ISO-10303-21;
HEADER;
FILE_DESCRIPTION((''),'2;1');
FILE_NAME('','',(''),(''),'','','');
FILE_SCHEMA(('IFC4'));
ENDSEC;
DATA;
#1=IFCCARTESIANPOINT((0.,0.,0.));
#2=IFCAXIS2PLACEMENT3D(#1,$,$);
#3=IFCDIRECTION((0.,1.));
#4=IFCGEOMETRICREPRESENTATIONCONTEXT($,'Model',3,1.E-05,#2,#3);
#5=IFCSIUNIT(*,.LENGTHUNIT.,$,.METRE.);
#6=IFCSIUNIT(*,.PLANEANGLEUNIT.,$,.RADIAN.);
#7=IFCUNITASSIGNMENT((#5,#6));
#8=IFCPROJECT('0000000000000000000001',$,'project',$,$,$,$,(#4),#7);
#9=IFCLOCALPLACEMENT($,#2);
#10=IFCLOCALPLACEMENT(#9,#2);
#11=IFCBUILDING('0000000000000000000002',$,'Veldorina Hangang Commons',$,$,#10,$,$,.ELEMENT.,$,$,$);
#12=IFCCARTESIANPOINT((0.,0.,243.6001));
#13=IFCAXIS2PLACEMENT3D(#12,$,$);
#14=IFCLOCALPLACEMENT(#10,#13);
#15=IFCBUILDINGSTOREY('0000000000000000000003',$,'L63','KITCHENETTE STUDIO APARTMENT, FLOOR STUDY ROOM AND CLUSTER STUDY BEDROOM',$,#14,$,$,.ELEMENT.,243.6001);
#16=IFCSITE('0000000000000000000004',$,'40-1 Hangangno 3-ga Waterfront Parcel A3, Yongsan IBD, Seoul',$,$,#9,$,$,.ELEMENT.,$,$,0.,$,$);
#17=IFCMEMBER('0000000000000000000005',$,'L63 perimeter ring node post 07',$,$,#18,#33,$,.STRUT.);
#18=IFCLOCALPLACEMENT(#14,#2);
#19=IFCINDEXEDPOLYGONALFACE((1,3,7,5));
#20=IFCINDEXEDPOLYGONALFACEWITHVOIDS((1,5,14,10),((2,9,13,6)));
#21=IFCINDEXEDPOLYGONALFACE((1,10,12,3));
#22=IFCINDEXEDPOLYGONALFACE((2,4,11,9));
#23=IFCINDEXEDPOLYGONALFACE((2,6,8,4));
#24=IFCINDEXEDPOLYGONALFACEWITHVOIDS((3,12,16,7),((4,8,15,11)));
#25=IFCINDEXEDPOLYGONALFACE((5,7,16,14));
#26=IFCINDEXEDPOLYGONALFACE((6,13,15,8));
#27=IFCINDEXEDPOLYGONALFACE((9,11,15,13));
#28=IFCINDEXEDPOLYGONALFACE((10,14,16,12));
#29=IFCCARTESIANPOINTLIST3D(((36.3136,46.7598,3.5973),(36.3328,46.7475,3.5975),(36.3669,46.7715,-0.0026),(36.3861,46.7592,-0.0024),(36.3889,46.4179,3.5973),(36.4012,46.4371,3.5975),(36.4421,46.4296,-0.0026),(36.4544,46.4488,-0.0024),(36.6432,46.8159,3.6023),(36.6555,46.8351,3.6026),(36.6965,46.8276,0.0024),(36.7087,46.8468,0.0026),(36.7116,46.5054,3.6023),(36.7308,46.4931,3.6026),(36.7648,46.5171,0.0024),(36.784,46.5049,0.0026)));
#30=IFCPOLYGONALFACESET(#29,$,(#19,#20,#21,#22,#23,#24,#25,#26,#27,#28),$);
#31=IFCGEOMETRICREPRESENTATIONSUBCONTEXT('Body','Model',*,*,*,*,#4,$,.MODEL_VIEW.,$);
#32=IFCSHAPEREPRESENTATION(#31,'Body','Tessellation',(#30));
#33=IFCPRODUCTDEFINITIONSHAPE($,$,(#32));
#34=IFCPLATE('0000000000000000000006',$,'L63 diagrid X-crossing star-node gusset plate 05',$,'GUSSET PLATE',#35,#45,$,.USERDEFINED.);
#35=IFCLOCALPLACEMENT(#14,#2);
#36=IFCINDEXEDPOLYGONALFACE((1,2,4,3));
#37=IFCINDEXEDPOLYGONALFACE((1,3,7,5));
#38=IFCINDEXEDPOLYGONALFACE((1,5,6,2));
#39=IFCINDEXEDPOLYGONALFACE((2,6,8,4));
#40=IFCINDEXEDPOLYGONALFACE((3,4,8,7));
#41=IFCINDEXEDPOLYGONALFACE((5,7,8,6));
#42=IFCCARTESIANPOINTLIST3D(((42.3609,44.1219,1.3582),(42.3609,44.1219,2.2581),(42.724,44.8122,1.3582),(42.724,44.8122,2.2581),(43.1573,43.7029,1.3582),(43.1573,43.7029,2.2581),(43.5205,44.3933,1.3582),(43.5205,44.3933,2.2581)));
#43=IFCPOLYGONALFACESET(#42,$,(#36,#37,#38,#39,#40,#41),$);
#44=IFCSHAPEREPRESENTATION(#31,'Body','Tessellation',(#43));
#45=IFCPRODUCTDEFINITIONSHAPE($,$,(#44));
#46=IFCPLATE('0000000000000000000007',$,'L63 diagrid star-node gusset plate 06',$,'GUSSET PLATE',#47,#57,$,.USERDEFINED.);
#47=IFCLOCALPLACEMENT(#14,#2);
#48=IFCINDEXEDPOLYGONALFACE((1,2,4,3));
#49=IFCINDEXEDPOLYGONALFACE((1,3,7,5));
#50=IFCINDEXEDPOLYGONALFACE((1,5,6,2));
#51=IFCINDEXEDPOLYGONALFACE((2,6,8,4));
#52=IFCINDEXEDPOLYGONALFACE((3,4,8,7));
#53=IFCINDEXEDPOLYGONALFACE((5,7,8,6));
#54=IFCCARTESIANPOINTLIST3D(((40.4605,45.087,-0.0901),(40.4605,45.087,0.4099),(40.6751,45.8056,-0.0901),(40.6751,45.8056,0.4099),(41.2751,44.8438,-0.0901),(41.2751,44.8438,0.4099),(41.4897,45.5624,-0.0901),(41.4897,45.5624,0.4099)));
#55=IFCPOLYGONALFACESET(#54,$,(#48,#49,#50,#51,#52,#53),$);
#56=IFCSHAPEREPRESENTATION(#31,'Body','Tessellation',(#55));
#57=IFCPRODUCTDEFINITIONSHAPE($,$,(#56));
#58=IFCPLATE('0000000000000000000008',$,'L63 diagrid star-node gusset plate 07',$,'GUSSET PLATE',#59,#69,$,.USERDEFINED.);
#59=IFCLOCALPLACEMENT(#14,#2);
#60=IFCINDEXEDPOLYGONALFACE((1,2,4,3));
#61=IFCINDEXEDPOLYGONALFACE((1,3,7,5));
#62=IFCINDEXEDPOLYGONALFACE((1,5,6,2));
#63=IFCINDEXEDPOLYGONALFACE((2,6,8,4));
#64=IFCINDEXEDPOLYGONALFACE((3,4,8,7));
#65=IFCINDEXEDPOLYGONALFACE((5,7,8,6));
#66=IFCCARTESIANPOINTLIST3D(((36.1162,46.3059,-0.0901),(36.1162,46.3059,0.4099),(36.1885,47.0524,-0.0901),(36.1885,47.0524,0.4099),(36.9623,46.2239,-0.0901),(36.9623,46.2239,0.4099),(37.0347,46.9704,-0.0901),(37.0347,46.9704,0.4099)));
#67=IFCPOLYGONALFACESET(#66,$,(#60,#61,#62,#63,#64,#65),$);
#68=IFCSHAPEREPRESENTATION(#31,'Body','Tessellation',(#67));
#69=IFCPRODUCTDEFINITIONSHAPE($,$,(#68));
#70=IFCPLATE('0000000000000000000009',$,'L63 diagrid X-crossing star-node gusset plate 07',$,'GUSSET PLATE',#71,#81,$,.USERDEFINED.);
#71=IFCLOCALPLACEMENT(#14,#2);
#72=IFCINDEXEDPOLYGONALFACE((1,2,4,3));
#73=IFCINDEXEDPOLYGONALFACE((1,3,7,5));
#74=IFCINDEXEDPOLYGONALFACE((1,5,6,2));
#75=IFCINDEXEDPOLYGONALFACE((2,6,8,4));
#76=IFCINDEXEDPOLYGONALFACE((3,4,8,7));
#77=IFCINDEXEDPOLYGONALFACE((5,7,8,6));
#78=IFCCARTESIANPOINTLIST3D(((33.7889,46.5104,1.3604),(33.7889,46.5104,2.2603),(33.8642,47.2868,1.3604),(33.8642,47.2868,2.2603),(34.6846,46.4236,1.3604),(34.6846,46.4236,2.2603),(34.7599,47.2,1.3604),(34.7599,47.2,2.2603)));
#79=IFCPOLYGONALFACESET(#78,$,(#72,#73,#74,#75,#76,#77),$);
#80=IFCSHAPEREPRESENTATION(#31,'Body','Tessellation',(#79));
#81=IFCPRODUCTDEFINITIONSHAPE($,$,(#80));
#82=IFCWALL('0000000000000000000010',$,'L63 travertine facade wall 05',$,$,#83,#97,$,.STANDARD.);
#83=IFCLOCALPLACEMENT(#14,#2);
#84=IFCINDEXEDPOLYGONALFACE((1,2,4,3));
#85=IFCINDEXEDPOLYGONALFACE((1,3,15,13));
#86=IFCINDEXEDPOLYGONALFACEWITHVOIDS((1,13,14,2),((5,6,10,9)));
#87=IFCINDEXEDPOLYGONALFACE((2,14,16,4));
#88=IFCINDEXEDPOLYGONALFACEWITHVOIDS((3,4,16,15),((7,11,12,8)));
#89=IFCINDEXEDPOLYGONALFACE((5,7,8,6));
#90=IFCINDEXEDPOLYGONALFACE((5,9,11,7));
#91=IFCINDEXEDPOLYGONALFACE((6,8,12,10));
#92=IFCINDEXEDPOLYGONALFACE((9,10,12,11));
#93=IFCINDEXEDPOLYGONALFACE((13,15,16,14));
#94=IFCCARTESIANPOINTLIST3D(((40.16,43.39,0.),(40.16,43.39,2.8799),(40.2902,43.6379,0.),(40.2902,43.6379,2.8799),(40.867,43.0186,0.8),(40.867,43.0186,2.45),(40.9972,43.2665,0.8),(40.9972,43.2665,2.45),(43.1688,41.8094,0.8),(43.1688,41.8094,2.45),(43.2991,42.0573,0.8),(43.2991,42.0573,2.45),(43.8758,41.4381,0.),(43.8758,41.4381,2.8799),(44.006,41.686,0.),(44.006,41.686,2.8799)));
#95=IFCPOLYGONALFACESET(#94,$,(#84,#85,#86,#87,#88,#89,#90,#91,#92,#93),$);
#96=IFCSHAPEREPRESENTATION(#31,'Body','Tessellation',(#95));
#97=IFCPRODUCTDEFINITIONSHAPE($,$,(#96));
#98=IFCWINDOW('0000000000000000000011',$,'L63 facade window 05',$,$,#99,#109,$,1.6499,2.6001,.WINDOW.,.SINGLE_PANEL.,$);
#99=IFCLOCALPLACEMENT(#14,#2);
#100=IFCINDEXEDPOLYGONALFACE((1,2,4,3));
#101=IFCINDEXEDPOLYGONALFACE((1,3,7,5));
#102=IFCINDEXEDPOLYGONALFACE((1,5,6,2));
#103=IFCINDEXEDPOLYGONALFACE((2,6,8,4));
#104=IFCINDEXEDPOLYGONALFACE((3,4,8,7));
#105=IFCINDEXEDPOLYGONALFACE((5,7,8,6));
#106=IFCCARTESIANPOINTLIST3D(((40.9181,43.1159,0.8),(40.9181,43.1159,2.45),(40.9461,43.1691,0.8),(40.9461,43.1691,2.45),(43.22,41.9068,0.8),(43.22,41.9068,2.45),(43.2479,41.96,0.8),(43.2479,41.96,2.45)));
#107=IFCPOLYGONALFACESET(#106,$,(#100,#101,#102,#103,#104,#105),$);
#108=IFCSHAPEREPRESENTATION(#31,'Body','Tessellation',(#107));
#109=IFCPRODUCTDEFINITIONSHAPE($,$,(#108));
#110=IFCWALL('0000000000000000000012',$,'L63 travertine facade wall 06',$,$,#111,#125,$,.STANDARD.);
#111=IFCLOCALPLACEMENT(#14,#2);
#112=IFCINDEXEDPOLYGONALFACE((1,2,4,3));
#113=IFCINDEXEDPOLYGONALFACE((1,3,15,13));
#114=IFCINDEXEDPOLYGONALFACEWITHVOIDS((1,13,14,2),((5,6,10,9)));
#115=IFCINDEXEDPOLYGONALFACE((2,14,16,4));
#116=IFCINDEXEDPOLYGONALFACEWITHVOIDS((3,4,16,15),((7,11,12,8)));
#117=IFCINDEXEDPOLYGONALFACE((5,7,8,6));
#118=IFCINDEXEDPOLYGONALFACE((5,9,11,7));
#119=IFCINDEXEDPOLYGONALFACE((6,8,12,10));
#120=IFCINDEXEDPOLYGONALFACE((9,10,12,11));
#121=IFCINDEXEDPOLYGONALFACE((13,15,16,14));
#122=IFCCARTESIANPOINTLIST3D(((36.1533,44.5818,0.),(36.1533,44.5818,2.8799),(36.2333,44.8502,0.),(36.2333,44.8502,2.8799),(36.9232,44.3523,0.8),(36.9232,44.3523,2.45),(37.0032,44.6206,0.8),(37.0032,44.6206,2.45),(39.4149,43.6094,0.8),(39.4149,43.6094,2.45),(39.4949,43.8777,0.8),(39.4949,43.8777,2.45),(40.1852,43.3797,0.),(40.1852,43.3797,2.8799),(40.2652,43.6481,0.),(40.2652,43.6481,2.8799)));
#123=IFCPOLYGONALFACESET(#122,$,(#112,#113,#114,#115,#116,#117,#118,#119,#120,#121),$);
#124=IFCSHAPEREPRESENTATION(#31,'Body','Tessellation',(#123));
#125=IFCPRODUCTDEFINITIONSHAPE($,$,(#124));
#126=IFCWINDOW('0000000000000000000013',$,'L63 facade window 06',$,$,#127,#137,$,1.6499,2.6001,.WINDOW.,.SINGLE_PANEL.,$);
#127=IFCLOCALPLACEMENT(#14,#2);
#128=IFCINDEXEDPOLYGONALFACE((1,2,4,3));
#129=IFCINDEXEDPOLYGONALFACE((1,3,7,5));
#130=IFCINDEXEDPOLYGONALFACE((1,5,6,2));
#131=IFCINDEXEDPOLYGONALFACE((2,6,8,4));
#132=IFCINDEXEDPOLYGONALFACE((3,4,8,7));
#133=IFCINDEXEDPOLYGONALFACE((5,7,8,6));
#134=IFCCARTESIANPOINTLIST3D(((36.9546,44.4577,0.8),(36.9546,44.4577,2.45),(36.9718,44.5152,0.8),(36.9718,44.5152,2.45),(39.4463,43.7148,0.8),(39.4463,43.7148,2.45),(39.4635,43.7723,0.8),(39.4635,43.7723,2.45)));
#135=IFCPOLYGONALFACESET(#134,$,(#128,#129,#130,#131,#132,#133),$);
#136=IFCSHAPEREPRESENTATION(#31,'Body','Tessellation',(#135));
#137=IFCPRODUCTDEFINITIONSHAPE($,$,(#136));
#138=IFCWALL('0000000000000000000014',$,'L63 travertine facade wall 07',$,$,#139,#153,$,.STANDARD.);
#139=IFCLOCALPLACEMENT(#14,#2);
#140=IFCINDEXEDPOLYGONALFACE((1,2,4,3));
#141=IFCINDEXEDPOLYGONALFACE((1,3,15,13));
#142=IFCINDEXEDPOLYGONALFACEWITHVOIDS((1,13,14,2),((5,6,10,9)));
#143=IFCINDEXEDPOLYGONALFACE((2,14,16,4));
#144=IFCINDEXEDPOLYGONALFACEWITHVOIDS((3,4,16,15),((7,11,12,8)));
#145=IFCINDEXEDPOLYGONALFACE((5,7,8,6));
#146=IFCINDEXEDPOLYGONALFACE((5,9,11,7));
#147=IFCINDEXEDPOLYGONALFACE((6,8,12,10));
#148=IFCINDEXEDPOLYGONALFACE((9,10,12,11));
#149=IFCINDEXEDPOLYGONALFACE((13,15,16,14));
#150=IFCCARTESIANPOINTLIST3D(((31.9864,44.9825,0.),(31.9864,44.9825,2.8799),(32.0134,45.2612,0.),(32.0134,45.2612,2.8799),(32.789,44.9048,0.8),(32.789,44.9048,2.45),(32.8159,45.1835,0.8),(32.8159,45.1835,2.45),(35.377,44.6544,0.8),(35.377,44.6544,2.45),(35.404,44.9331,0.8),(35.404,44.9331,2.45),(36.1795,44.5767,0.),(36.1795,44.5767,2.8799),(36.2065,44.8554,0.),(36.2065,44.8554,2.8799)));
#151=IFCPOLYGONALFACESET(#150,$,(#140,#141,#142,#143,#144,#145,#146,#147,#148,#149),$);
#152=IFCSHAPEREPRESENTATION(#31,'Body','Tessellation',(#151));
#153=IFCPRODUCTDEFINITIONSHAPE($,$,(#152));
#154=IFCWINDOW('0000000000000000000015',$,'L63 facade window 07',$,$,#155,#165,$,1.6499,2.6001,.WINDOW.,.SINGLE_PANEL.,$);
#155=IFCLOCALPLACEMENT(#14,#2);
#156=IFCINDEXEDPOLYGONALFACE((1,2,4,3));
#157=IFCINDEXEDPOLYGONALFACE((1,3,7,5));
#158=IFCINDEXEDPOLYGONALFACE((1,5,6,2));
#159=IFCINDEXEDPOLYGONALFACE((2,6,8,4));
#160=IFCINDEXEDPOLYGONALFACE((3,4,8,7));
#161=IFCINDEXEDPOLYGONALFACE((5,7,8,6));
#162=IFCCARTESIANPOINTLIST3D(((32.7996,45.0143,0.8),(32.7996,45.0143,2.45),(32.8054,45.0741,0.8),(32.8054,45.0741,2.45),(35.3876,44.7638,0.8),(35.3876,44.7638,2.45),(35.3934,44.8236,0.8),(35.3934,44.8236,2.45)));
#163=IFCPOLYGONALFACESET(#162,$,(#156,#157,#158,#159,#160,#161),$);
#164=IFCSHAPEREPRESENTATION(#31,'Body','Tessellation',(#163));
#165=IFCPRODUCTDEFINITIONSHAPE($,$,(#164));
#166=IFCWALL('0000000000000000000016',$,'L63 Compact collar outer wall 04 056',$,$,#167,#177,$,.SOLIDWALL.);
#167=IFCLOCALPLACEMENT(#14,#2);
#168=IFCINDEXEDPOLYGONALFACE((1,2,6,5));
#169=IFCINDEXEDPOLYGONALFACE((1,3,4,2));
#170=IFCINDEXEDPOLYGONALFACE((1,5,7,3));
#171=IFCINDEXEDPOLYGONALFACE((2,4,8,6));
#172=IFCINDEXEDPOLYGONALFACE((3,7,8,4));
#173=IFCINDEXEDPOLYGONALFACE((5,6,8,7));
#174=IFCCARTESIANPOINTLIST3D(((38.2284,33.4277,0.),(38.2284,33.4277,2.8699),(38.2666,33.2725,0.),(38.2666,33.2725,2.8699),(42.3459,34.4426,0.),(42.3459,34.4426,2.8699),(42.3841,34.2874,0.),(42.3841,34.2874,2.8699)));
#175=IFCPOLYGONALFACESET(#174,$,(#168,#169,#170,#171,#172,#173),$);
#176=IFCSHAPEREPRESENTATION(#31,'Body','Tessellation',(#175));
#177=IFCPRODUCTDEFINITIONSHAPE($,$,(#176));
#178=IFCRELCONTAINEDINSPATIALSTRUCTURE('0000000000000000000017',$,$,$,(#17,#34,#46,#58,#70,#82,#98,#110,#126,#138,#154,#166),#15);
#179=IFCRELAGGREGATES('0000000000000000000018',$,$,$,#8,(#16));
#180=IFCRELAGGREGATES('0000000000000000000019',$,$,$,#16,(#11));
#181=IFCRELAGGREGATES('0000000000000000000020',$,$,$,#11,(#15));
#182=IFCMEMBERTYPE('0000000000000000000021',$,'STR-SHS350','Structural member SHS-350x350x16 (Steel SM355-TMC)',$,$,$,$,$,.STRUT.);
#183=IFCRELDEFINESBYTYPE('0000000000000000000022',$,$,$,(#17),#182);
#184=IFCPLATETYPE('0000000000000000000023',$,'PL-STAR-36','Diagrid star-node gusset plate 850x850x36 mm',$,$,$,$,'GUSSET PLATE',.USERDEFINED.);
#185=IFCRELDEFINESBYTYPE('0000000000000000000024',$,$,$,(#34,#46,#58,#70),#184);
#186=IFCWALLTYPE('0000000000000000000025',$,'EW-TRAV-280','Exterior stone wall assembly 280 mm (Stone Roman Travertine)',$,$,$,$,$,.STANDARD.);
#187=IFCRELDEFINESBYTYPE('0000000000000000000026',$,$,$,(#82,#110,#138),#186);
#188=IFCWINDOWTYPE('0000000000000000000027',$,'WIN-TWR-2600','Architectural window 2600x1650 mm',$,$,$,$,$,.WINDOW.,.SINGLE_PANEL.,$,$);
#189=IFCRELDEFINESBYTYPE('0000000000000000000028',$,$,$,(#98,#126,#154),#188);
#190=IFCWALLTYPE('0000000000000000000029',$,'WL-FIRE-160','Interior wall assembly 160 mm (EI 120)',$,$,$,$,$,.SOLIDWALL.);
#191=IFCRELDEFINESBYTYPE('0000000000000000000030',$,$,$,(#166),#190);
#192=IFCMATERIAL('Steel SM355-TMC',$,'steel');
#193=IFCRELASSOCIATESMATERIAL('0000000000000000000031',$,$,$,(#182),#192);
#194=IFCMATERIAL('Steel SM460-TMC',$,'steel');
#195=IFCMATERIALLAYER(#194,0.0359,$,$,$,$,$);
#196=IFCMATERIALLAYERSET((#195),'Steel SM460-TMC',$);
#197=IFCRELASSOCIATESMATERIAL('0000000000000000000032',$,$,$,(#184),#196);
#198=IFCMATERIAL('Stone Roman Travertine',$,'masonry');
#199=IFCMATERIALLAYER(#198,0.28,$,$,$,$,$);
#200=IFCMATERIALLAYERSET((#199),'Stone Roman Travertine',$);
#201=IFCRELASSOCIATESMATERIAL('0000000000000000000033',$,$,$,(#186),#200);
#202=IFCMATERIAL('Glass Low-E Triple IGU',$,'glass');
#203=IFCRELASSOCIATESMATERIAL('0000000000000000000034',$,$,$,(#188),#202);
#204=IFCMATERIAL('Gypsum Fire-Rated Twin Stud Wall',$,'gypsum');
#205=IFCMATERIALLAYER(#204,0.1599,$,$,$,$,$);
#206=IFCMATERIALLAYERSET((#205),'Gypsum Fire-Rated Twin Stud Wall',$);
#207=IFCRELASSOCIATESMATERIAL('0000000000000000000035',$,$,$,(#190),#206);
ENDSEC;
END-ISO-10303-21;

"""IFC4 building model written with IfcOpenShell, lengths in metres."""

from ifc_helpers import new_model, si_unit, direction, frame, frame_2d, origin, origin_2d, place, context, subcontext, project, spatial, rectangle, hollow_rectangle, extrude, material, layer, layer_set, material_profile, profile_set, type_object, element, fill, save


model = new_model("IFC4")

# Units and contexts
model_context = context("Model", 3, precision=1e-05, world=origin(), true_north=direction((0.0, 1.0)))
body_context = subcontext(model_context, "Body", "Model", "MODEL_VIEW")
ifc_project = project(units=[si_unit("LENGTHUNIT", "METRE"), si_unit("PLANEANGLEUNIT", "RADIAN")], contexts=[model_context])

# Site, building, storey
site_placement = place(None, origin())
site = spatial("IfcSite", under=ifc_project, at=site_placement, Name="40-1 Hangangno 3-ga Waterfront Parcel A3, Yongsan IBD, Seoul", CompositionType="ELEMENT", RefElevation=0.0)
building_placement = place(site_placement, origin())
building = spatial("IfcBuilding", under=site, at=building_placement, Name="Veldorina Hangang Commons", CompositionType="ELEMENT")
storey_placement = place(building_placement, frame((0.0, 0.0, 243.6001)))
storey = spatial("IfcBuildingStorey", under=building, at=storey_placement, Name="L63", Description="KITCHENETTE STUDIO APARTMENT, FLOOR STUDY ROOM AND CLUSTER STUDY BEDROOM", CompositionType="ELEMENT", Elevation=243.6001)

# Shared definitions
ifc_material_1 = material(Name="Steel SM355-TMC", Category="steel")

# Member
ifc_material_profile_1 = material_profile(ifc_material_1, hollow_rectangle(XDim=0.3501, YDim=0.3501, WallThickness=0.0161, at=origin_2d()), Name="SHS-350x350x16")
ifc_profile_set_1 = profile_set([ifc_material_profile_1], Name="Steel SM355-TMC")
member_type_1 = type_object("IfcMemberType", Name="STR-SHS350", Description="Structural member SHS-350x350x16 (Steel SM355-TMC)", PredefinedType="STRUT", material=ifc_profile_set_1)
member_1_placement = place(storey_placement, frame((36.5754, 46.6382, 0.0), z_axis=(-0.014783, -0.003255, 0.999885), x_axis=(0.215033, -0.976607, 0.0)))
element("IfcMember", 1, at=member_1_placement, inside=storey, type_object=member_type_1, Name="L63 perimeter ring node post 07", PredefinedType="STRUT", context=body_context, shape_type="SweptSolid", body=[
    extrude(hollow_rectangle(XDim=0.3501, YDim=0.3501, WallThickness=0.0161, at=origin_2d()), origin(), (0.0, 0.0, 1.0), 3.6003),
])

# Plates
ifc_material_2 = material(Name="Steel SM460-TMC", Category="steel")
ifc_layer_1 = layer(ifc_material_2, 0.0359)
ifc_layer_set_1 = layer_set([ifc_layer_1], Name="Steel SM460-TMC")
plate_type = type_object("IfcPlateType", Name="PL-STAR-36", Description="Diagrid star-node gusset plate 850x850x36 mm", ElementType="GUSSET PLATE", PredefinedType="USERDEFINED", material=ifc_layer_set_1)
plate_1_placement = place(storey_placement, frame((42.9407, 44.2576, 1.3582), z_axis=(0.0, 0.0, 1.0), x_axis=(-0.885012, 0.465568, 0.0)))
element("IfcPlate", 2, at=plate_1_placement, inside=storey, type_object=plate_type, Name="L63 diagrid X-crossing star-node gusset plate 05", ObjectType="GUSSET PLATE", PredefinedType="USERDEFINED", context=body_context, shape_type="SweptSolid", body=[
    extrude(rectangle(XDim=0.8999, YDim=0.78, at=origin_2d()), origin(), (0.0, 0.0, 1.0), 0.8999),
])
for number, where, z_axis, x_axis, name in (
    (3, (40.9751, 45.3247, -0.0901), (0.0, 0.0, 1.0), (-0.958208, 0.286073, 0.0), "L63 diagrid star-node gusset plate 06"),
    (4, (36.5754, 46.6382, -0.0901), (0.0, 0.0, 1.0), (-0.995336, 0.096471, 0.0), "L63 diagrid star-node gusset plate 07"),
):
    element("IfcPlate", number, at=place(storey_placement, frame(where, z_axis=z_axis, x_axis=x_axis)), inside=storey, type_object=plate_type, Name=name, ObjectType="GUSSET PLATE", PredefinedType="USERDEFINED", context=body_context, shape_type="SweptSolid", body=[
        extrude(rectangle(XDim=0.8501, YDim=0.75, at=origin_2d()), origin(), (0.0, 0.0, 1.0), 0.5),
    ])
plate_2_placement = place(storey_placement, frame((34.2744, 46.8552, 1.3604), z_axis=(0.0, 0.0, 1.0), x_axis=(-0.995336, 0.096471, 0.0)))
element("IfcPlate", 5, at=plate_2_placement, inside=storey, type_object=plate_type, Name="L63 diagrid X-crossing star-node gusset plate 07", ObjectType="GUSSET PLATE", PredefinedType="USERDEFINED", context=body_context, shape_type="SweptSolid", body=[
    extrude(rectangle(XDim=0.8999, YDim=0.78, at=origin_2d()), origin(), (0.0, 0.0, 1.0), 0.8999),
])

# Walls, openings, windows
ifc_material_3 = material(Name="Stone Roman Travertine", Category="masonry")
ifc_layer_2 = layer(ifc_material_3, 0.28)
ifc_layer_set_2 = layer_set([ifc_layer_2], Name="Stone Roman Travertine")
wall_type_1 = type_object("IfcWallType", Name="EW-TRAV-280", Description="Exterior stone wall assembly 280 mm (Stone Roman Travertine)", PredefinedType="STANDARD", material=ifc_layer_set_2)
wall_1_placement = place(storey_placement, frame((43.9409, 41.562, 0.0), z_axis=(0.0, 0.0, 1.0), x_axis=(-0.88529, 0.465039, 0.0)))
wall_1 = element("IfcWall", 6, at=wall_1_placement, inside=storey, type_object=wall_type_1, Name="L63 travertine facade wall 05", PredefinedType="STANDARD", context=body_context, shape_type="SweptSolid", body=[
    extrude(rectangle(XDim=4.1973, YDim=0.28, at=frame_2d((2.0986, 0.0))), origin(), (0.0, 0.0, 1.0), 2.8799),
])
opening_1_placement = place(wall_1_placement, frame((0.7986, 0.0, 0.8)))
opening_1 = element("IfcOpeningElement", 7, at=opening_1_placement, cuts=wall_1, PredefinedType="OPENING", context=body_context, shape_type="SweptSolid", body=[
    extrude(rectangle(XDim=2.6001, YDim=1.6499, at=frame_2d((1.3, 0.825))), frame((0.0, 0.1499, 0.0), z_axis=(0.0, -1.0, 0.0), x_axis=(1.0, 0.0, 0.0)), (0.0, 0.0, 1.0), 0.3),
])
ifc_material_4 = material(Name="Glass Low-E Triple IGU", Category="glass")
window_type = type_object("IfcWindowType", Name="WIN-TWR-2600", Description="Architectural window 2600x1650 mm", PartitioningType="SINGLE_PANEL", PredefinedType="WINDOW", material=ifc_material_4)
window_1_placement = place(opening_1_placement, origin())
window_1 = element("IfcWindow", 8, at=window_1_placement, inside=storey, type_object=window_type, Name="L63 facade window 05", OverallHeight=1.6499, OverallWidth=2.6001, PartitioningType="SINGLE_PANEL", PredefinedType="WINDOW", context=body_context, shape_type="SweptSolid", body=[
    extrude(rectangle(XDim=2.6001, YDim=1.6499, at=frame_2d((1.3, 0.825))), frame((0.0, 0.03, 0.0), z_axis=(0.0, -1.0, 0.0), x_axis=(1.0, 0.0, 0.0)), (0.0, 0.0, 1.0), 0.0601),
])
fill(opening_1, window_1)
wall_2_placement = place(storey_placement, frame((40.2251, 43.5139, 0.0), z_axis=(0.0, 0.0, 1.0), x_axis=(-0.958312, 0.285724, 0.0)))
wall_2 = element("IfcWall", 9, at=wall_2_placement, inside=storey, type_object=wall_type_1, Name="L63 travertine facade wall 06", PredefinedType="STANDARD", context=body_context, shape_type="SweptSolid", body=[
    extrude(rectangle(XDim=4.2073, YDim=0.28, at=frame_2d((2.1035, 0.0))), origin(), (0.0, 0.0, 1.0), 2.8799),
])
opening_2_placement = place(wall_2_placement, frame((0.8037, 0.0, 0.8)))
opening_2 = element("IfcOpeningElement", 10, at=opening_2_placement, cuts=wall_2, PredefinedType="OPENING", context=body_context, shape_type="SweptSolid", body=[
    extrude(rectangle(XDim=2.6001, YDim=1.6499, at=frame_2d((1.3, 0.825))), frame((0.0, 0.1499, 0.0), z_axis=(0.0, -1.0, 0.0), x_axis=(1.0, 0.0, 0.0)), (0.0, 0.0, 1.0), 0.3),
])
window_2_placement = place(opening_2_placement, origin())
window_2 = element("IfcWindow", 11, at=window_2_placement, inside=storey, type_object=window_type, Name="L63 facade window 06", OverallHeight=1.6499, OverallWidth=2.6001, PartitioningType="SINGLE_PANEL", PredefinedType="WINDOW", context=body_context, shape_type="SweptSolid", body=[
    extrude(rectangle(XDim=2.6001, YDim=1.6499, at=frame_2d((1.3, 0.825))), frame((0.0, 0.03, 0.0), z_axis=(0.0, -1.0, 0.0), x_axis=(1.0, 0.0, 0.0)), (0.0, 0.0, 1.0), 0.0601),
])
fill(opening_2, window_2)
wall_3_placement = place(storey_placement, frame((36.1931, 44.7161, 0.0), z_axis=(0.0, 0.0, 1.0), x_axis=(-0.995351, 0.096319, 0.0)))
wall_3 = element("IfcWall", 12, at=wall_3_placement, inside=storey, type_object=wall_type_1, Name="L63 travertine facade wall 07", PredefinedType="STANDARD", context=body_context, shape_type="SweptSolid", body=[
    extrude(rectangle(XDim=4.2126, YDim=0.28, at=frame_2d((2.1064, 0.0))), origin(), (0.0, 0.0, 1.0), 2.8799),
])
opening_3_placement = place(wall_3_placement, frame((0.8064, 0.0, 0.8)))
opening_3 = element("IfcOpeningElement", 13, at=opening_3_placement, cuts=wall_3, PredefinedType="OPENING", context=body_context, shape_type="SweptSolid", body=[
    extrude(rectangle(XDim=2.6001, YDim=1.6499, at=frame_2d((1.3, 0.825))), frame((0.0, 0.1499, 0.0), z_axis=(0.0, -1.0, 0.0), x_axis=(1.0, 0.0, 0.0)), (0.0, 0.0, 1.0), 0.3),
])
window_3_placement = place(opening_3_placement, origin())
window_3 = element("IfcWindow", 14, at=window_3_placement, inside=storey, type_object=window_type, Name="L63 facade window 07", OverallHeight=1.6499, OverallWidth=2.6001, PartitioningType="SINGLE_PANEL", PredefinedType="WINDOW", context=body_context, shape_type="SweptSolid", body=[
    extrude(rectangle(XDim=2.6001, YDim=1.6499, at=frame_2d((1.3, 0.825))), frame((0.0, 0.03, 0.0), z_axis=(0.0, -1.0, 0.0), x_axis=(1.0, 0.0, 0.0)), (0.0, 0.0, 1.0), 0.0601),
])
fill(opening_3, window_3)

# Wall
ifc_material_5 = material(Name="Gypsum Fire-Rated Twin Stud Wall", Category="gypsum")
ifc_layer_3 = layer(ifc_material_5, 0.1599)
ifc_layer_set_3 = layer_set([ifc_layer_3], Name="Gypsum Fire-Rated Twin Stud Wall")
wall_type_2 = type_object("IfcWallType", Name="WL-FIRE-160", Description="Interior wall assembly 160 mm (EI 120)", PredefinedType="SOLIDWALL", material=ifc_layer_set_3)
wall_4_placement = place(storey_placement, frame((42.365, 34.365, 0.0), z_axis=(0.0, 0.0, 1.0), x_axis=(-0.97094, -0.239324, 0.0)))
element("IfcWall", 15, at=wall_4_placement, inside=storey, type_object=wall_type_2, Name="L63 Compact collar outer wall 04 056", PredefinedType="SOLIDWALL", context=body_context, shape_type="SweptSolid", body=[
    extrude(rectangle(XDim=4.2407, YDim=0.1599, at=frame_2d((2.1204, 0.0))), origin(), (0.0, 0.0, 1.0), 2.8699),
])

save(model, "model.ifc")
